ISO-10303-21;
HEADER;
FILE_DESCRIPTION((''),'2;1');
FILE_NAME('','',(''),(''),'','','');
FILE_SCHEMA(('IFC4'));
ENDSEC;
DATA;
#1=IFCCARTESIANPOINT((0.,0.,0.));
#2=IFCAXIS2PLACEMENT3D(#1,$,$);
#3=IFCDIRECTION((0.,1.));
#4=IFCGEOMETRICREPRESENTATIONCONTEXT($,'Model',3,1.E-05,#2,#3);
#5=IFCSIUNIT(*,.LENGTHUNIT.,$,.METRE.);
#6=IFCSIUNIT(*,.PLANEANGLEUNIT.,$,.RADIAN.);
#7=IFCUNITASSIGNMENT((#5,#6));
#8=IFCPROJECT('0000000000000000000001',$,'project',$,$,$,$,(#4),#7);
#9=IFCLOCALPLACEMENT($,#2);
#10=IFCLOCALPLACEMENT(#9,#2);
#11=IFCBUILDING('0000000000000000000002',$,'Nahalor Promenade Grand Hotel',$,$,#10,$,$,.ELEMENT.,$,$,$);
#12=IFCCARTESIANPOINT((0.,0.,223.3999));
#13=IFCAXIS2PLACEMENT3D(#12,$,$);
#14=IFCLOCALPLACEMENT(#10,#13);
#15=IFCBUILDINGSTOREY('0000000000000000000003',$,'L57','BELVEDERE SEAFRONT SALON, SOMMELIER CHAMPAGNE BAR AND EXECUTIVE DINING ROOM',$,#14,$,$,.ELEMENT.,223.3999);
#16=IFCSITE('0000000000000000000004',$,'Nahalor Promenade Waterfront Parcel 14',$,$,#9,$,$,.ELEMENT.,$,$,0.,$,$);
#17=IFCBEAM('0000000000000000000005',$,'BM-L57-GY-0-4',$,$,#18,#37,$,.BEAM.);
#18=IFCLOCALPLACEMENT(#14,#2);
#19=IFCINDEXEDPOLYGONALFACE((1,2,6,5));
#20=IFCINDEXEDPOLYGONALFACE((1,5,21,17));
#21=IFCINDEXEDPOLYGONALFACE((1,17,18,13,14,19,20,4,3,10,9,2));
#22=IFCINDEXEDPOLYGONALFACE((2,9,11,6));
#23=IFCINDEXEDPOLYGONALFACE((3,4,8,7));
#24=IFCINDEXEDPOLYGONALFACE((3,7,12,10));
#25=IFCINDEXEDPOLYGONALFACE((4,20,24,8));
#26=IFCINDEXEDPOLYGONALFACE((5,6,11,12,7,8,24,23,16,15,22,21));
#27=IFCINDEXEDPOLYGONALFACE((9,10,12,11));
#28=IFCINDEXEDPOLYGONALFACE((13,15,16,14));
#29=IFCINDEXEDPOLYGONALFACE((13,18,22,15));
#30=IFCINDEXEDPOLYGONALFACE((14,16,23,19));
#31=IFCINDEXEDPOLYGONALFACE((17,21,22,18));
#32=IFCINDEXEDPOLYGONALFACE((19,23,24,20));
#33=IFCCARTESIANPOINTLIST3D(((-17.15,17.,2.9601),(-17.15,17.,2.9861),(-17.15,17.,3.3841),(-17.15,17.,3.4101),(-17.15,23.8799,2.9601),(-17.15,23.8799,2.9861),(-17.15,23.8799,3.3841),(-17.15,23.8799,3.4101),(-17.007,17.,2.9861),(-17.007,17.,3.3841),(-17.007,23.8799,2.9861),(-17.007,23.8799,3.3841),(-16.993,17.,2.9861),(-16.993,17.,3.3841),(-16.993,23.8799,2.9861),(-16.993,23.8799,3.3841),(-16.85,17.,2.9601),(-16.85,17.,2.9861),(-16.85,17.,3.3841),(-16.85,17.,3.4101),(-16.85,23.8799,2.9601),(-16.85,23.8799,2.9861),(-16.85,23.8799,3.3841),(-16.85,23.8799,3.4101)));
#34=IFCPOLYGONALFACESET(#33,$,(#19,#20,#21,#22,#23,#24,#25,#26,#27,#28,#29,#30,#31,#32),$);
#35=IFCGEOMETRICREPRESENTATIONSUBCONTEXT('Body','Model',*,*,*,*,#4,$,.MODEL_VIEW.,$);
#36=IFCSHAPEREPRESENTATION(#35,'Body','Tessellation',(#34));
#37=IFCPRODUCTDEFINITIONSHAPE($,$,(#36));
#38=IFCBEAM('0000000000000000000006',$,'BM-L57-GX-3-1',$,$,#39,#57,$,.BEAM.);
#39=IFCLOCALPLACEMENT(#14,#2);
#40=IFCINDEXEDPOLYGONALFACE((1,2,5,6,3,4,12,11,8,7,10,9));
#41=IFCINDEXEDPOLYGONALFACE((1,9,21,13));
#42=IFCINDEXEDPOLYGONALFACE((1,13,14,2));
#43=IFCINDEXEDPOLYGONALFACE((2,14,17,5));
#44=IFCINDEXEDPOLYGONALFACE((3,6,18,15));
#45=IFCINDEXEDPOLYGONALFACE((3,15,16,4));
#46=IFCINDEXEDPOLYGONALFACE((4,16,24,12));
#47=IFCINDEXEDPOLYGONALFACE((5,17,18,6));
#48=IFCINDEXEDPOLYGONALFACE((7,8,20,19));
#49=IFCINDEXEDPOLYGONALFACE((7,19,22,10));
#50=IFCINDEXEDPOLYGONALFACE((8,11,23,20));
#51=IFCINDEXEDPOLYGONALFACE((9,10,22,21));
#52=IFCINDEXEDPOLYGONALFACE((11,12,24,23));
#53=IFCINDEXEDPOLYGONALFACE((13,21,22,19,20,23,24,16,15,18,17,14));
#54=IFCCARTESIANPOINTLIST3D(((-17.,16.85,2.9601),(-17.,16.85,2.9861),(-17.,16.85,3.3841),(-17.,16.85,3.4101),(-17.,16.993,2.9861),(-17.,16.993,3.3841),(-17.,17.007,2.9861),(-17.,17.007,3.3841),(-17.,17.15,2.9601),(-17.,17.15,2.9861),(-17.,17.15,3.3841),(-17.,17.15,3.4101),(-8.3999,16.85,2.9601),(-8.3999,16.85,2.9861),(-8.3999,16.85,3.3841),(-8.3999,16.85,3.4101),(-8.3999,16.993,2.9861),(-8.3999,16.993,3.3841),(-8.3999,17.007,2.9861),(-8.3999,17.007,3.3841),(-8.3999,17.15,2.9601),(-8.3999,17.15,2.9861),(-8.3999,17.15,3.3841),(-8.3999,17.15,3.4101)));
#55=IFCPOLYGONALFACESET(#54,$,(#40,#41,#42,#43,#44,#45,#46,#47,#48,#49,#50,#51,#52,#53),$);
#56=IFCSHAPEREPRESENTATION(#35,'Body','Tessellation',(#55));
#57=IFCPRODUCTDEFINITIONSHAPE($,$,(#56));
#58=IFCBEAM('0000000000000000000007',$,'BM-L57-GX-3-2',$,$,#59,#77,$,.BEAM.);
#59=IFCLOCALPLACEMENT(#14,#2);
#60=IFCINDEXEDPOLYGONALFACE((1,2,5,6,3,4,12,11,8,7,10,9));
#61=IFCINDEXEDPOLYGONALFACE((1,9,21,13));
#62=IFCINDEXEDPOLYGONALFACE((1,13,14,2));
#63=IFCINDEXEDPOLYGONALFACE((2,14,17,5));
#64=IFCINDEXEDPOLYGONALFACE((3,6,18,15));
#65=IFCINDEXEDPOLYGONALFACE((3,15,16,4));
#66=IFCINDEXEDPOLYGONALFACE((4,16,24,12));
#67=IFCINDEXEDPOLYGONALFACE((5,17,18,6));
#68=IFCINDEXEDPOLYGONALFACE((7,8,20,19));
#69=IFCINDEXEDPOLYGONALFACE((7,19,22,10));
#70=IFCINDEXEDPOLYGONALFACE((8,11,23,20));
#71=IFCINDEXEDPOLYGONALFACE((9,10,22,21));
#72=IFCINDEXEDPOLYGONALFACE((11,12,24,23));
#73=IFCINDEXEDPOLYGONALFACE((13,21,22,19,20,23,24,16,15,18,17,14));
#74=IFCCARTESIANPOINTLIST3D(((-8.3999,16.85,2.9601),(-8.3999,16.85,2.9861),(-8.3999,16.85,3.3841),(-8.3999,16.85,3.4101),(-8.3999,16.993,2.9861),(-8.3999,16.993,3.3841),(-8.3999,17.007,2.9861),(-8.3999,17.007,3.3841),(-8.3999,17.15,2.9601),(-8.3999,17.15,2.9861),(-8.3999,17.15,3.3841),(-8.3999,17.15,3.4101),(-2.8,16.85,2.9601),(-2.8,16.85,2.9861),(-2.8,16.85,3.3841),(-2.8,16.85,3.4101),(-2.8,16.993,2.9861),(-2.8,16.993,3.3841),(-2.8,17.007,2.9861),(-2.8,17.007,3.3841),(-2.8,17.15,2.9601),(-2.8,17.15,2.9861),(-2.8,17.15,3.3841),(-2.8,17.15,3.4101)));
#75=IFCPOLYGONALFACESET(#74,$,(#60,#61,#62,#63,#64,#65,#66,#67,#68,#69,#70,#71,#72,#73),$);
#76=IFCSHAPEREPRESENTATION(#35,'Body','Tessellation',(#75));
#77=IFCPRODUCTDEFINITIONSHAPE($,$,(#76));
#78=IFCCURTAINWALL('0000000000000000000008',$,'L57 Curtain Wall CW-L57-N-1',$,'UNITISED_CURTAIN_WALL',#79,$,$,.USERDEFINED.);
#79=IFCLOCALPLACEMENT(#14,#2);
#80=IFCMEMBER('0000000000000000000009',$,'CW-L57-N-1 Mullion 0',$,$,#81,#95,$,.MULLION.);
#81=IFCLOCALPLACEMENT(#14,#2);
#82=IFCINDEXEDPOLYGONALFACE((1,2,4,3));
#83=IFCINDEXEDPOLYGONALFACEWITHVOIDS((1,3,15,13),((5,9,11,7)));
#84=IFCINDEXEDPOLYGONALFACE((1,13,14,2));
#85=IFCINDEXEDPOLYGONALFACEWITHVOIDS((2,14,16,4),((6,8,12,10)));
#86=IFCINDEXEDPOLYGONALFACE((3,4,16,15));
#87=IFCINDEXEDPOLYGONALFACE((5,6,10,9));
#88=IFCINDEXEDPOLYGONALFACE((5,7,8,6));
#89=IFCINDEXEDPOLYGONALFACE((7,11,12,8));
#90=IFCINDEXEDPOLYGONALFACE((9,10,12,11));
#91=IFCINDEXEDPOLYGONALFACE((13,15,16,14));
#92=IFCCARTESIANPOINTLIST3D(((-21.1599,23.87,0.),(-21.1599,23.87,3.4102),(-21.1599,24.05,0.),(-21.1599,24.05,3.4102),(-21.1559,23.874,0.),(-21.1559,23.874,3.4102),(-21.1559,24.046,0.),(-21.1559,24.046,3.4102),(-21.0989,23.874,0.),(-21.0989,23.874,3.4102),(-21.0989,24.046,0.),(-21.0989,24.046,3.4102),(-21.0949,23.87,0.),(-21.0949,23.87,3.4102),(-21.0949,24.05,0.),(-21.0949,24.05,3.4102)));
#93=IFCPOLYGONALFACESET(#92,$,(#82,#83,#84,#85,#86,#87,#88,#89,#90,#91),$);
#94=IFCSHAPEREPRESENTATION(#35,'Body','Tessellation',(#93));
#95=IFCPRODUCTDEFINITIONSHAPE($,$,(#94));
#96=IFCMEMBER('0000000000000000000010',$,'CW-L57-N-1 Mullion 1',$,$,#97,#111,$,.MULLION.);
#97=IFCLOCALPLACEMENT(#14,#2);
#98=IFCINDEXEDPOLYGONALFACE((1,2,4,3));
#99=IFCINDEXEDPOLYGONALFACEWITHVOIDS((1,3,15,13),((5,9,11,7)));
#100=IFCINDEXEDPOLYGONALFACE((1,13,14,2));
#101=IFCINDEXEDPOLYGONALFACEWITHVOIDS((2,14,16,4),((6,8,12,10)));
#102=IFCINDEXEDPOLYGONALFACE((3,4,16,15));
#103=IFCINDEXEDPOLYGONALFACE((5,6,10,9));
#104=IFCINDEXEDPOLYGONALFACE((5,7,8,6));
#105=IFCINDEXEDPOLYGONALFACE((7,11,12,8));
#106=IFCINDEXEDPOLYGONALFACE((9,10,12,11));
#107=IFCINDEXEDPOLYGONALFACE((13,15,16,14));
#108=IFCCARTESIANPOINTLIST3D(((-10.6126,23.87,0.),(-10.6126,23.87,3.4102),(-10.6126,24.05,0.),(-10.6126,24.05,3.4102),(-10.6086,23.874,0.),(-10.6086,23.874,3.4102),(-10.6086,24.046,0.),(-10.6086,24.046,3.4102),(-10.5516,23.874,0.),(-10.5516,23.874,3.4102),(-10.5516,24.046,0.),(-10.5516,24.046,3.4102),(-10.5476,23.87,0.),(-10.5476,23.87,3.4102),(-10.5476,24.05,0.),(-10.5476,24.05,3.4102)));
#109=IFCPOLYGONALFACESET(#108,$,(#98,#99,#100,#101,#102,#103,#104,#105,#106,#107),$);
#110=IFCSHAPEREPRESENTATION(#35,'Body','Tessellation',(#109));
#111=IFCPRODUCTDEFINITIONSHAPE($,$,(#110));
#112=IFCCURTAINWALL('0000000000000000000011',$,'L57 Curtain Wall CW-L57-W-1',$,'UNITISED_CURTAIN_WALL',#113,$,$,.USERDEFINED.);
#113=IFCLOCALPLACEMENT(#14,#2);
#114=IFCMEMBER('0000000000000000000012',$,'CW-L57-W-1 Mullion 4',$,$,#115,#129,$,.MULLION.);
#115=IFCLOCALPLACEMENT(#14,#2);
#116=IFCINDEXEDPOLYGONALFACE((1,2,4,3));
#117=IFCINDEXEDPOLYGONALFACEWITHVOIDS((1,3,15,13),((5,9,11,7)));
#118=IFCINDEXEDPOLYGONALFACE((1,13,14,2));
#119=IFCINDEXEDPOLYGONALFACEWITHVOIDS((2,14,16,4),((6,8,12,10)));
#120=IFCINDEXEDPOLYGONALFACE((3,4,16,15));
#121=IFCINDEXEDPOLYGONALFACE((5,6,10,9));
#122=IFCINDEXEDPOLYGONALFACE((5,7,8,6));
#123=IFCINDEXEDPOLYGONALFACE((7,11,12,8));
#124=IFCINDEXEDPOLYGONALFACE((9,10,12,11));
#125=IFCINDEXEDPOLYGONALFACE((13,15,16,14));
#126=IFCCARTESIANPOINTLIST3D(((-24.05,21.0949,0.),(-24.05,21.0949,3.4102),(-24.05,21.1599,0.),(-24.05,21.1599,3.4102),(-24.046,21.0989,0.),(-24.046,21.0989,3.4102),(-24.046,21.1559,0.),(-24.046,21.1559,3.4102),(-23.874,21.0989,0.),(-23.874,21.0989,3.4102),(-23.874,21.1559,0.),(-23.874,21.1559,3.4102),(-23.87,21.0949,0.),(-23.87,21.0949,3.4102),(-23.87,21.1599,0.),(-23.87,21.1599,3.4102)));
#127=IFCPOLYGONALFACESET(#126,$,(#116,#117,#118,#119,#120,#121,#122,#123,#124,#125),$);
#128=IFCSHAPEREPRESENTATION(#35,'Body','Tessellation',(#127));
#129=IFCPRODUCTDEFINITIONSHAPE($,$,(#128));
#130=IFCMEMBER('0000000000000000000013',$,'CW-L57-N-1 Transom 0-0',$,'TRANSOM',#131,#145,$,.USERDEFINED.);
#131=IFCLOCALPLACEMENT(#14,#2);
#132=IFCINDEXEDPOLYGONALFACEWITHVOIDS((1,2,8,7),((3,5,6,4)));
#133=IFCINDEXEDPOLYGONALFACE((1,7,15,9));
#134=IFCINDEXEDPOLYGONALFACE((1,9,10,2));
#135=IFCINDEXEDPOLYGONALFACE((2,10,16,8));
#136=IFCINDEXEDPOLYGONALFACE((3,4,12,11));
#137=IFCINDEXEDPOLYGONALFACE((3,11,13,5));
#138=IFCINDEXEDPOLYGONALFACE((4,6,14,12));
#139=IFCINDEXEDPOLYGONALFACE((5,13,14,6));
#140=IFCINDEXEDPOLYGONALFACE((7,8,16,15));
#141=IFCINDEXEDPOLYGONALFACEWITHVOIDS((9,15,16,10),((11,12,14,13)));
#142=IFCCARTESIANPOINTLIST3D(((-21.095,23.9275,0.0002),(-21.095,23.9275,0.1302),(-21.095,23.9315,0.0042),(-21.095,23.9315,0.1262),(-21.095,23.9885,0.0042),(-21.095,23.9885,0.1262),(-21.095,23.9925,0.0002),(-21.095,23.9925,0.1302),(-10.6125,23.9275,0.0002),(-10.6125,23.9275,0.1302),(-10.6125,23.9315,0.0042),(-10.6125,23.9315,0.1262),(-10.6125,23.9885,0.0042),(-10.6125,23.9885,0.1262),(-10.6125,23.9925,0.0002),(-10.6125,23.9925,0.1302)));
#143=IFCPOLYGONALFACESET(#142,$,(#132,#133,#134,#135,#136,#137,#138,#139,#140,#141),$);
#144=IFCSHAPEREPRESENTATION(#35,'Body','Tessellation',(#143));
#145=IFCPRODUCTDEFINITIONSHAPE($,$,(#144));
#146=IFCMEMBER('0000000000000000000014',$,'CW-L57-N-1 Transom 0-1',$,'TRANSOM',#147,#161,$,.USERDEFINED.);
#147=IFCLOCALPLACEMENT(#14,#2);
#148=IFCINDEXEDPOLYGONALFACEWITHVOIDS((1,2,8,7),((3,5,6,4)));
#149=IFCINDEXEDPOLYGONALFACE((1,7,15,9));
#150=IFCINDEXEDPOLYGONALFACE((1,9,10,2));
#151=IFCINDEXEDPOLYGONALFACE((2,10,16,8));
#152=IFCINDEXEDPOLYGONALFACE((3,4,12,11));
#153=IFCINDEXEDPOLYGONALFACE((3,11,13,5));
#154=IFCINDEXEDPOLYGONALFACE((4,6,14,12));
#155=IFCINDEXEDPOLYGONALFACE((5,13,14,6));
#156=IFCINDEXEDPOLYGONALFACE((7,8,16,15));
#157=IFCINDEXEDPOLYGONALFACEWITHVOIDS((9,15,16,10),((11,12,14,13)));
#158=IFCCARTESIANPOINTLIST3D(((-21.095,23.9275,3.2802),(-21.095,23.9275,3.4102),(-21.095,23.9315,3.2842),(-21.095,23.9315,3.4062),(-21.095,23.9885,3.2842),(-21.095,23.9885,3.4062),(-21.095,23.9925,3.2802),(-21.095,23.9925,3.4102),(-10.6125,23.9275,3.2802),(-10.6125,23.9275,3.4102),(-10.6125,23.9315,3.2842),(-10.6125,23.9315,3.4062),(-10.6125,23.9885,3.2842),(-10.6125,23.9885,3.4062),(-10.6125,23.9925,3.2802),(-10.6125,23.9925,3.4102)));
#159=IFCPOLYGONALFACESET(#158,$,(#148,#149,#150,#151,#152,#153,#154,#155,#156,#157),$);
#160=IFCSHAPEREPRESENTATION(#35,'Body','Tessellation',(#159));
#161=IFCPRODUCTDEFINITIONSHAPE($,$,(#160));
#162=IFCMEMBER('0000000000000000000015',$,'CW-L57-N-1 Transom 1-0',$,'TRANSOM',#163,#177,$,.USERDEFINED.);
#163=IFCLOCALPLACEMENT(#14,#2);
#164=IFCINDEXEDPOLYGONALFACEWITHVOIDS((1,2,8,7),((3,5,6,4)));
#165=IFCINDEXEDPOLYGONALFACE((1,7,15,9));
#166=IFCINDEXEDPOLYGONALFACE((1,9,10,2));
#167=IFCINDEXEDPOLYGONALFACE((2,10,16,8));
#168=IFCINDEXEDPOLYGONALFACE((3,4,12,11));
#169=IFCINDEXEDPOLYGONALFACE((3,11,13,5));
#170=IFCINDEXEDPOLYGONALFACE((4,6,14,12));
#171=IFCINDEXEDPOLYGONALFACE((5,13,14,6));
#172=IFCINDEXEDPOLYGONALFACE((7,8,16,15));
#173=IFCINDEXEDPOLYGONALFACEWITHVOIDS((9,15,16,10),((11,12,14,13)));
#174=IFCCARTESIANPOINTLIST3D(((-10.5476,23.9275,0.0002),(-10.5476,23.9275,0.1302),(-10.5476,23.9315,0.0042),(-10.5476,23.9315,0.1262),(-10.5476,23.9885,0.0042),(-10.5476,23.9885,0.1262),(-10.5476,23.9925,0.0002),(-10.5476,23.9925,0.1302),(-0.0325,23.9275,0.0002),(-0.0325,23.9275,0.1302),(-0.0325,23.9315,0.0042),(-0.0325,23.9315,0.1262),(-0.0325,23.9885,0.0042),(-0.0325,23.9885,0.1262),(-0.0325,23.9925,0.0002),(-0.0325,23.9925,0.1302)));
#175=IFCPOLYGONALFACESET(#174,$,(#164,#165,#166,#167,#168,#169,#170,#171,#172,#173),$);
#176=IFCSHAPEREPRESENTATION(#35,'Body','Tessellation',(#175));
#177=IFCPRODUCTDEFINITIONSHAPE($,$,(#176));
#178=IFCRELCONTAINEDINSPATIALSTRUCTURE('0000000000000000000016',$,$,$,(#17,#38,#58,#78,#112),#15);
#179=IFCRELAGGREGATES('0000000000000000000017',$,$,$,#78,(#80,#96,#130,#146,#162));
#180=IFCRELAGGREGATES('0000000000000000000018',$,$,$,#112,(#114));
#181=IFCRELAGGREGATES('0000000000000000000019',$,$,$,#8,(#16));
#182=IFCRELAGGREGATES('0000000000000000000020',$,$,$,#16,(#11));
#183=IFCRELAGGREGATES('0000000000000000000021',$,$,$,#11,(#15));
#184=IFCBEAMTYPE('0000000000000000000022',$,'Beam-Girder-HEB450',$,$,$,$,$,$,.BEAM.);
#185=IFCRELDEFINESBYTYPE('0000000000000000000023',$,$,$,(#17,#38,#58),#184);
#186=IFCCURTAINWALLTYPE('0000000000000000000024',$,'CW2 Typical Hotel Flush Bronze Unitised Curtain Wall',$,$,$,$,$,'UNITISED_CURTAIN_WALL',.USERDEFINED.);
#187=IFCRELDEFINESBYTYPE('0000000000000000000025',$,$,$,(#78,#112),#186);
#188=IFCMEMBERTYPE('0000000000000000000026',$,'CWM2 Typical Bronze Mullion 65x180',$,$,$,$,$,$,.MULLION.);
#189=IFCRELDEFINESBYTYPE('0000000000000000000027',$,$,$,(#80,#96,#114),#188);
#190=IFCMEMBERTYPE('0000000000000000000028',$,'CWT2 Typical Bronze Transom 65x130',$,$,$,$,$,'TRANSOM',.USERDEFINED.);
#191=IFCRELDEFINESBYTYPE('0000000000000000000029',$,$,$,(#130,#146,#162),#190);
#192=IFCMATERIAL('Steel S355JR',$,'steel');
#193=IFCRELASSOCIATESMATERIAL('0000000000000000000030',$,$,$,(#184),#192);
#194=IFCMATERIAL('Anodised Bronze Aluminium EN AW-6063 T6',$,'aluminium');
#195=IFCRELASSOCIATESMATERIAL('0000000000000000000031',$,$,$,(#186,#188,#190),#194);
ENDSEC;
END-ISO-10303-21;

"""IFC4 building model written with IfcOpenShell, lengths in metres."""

from ifc_helpers import new_model, si_unit, direction, frame, origin, origin_2d, place, context, subcontext, project, spatial, hollow_rectangle, i_section, extrude, source, transform, mapped, material, material_profile, profile_set, type_object, element, aggregate, save


model = new_model("IFC4")

# Units and contexts
model_context = context("Model", 3, precision=1e-05, world=origin(), true_north=direction((0.0, 1.0)))
body_context = subcontext(model_context, "Body", "Model", "MODEL_VIEW")
ifc_project = project(units=[si_unit("LENGTHUNIT", "METRE"), si_unit("PLANEANGLEUNIT", "RADIAN")], contexts=[model_context])

# Site, building, storey
site_placement = place(None, origin())
site = spatial("IfcSite", under=ifc_project, at=site_placement, Name="Nahalor Promenade Waterfront Parcel 14", CompositionType="ELEMENT", RefElevation=0.0)
building_placement = place(site_placement, origin())
building = spatial("IfcBuilding", under=site, at=building_placement, Name="Nahalor Promenade Grand Hotel", CompositionType="ELEMENT")
storey_placement = place(building_placement, frame((0.0, 0.0, 223.3999)))
storey = spatial("IfcBuildingStorey", under=building, at=storey_placement, Name="L57", Description="BELVEDERE SEAFRONT SALON, SOMMELIER CHAMPAGNE BAR AND EXECUTIVE DINING ROOM", CompositionType="ELEMENT", Elevation=223.3999)

# Shared definitions
ifc_material_1 = material(Name="Steel S355JR", Category="steel")

# Beams
ifc_material_profile_1 = material_profile(ifc_material_1, i_section(OverallWidth=0.3, OverallDepth=0.45, WebThickness=0.014, FlangeThickness=0.026, at=origin_2d()), Name="HEB 450")
ifc_profile_set_1 = profile_set([ifc_material_profile_1], Name="Steel S355JR")
beam_type_1 = type_object("IfcBeamType", Name="Beam-Girder-HEB450", PredefinedType="BEAM", material=ifc_profile_set_1)
shared_shape_1 = source(origin(), body_context, "Body", "SweptSolid", [
    extrude(i_section(OverallWidth=0.3, OverallDepth=0.45, WebThickness=0.014, FlangeThickness=0.026, at=origin_2d()), origin(), (0.0, 0.0, 1.0), 6.8799),
])
for number, where, z_axis, x_axis, name in (
    (1, (-17.0, 17.0, 3.1851), (0.0, 1.0, 0.0), (-1.0, 0.0, 0.0), "BM-L57-GY-0-4"),
):
    element("IfcBeam", number, at=place(storey_placement, frame(where, z_axis=z_axis, x_axis=x_axis)), inside=storey, type_object=beam_type_1, Name=name, PredefinedType="BEAM", context=body_context, shape_type="MappedRepresentation", body=[
        mapped(shared_shape_1, transform((0.0, 0.0, 0.0), scale=1.0)),
    ])
shared_shape_2 = source(origin(), body_context, "Body", "SweptSolid", [
    extrude(i_section(OverallWidth=0.3, OverallDepth=0.45, WebThickness=0.014, FlangeThickness=0.026, at=origin_2d()), origin(), (0.0, 0.0, 1.0), 8.6001),
])
beam_1_placement = place(storey_placement, frame((-17.0, 17.0, 3.1851), z_axis=(1.0, 0.0, 0.0), x_axis=(0.0, 1.0, 0.0)))
element("IfcBeam", 2, at=beam_1_placement, inside=storey, type_object=beam_type_1, Name="BM-L57-GX-3-1", PredefinedType="BEAM", context=body_context, shape_type="MappedRepresentation", body=[
    mapped(shared_shape_2, transform((0.0, 0.0, 0.0), scale=1.0)),
])
shared_shape_3 = source(origin(), body_context, "Body", "SweptSolid", [
    extrude(i_section(OverallWidth=0.3, OverallDepth=0.45, WebThickness=0.014, FlangeThickness=0.026, at=origin_2d()), origin(), (0.0, 0.0, 1.0), 5.5999),
])
beam_2_placement = place(storey_placement, frame((-8.3999, 17.0, 3.1851), z_axis=(1.0, 0.0, 0.0), x_axis=(0.0, 1.0, 0.0)))
element("IfcBeam", 3, at=beam_2_placement, inside=storey, type_object=beam_type_1, Name="BM-L57-GX-3-2", PredefinedType="BEAM", context=body_context, shape_type="MappedRepresentation", body=[
    mapped(shared_shape_3, transform((0.0, 0.0, 0.0), scale=1.0)),
])

# Curtain wall, members
ifc_material_2 = material(Name="Anodised Bronze Aluminium EN AW-6063 T6", Category="aluminium")
curtain_wall_type = type_object("IfcCurtainWallType", Name="CW2 Typical Hotel Flush Bronze Unitised Curtain Wall", ElementType="UNITISED_CURTAIN_WALL", PredefinedType="USERDEFINED", material=ifc_material_2)
curtain_wall_1_placement = place(storey_placement, origin())
curtain_wall_1 = element("IfcCurtainWall", 4, at=curtain_wall_1_placement, inside=storey, type_object=curtain_wall_type, Name="L57 Curtain Wall CW-L57-N-1", ObjectType="UNITISED_CURTAIN_WALL", PredefinedType="USERDEFINED")
ifc_material_profile_2 = material_profile(ifc_material_2, hollow_rectangle(XDim=0.065, YDim=0.18, WallThickness=0.004, at=origin_2d()), Name="CWM 65x180x4")
ifc_profile_set_2 = profile_set([ifc_material_profile_2], Name="Anodised Bronze Aluminium EN AW-6063 T6")
member_type_1 = type_object("IfcMemberType", Name="CWM2 Typical Bronze Mullion 65x180", PredefinedType="MULLION", material=ifc_profile_set_2)
shared_shape_4 = source(origin(), body_context, "Body", "SweptSolid", [
    extrude(hollow_rectangle(XDim=0.065, YDim=0.18, WallThickness=0.004, at=origin_2d()), origin(), (0.0, 0.0, 1.0), 3.4102),
])
member_1_placement = place(storey_placement, frame((-21.1274, 23.96, 0.0), z_axis=(0.0, 0.0, 1.0), x_axis=(1.0, 0.0, 0.0)))
member_1 = element("IfcMember", 5, at=member_1_placement, type_object=member_type_1, Name="CW-L57-N-1 Mullion 0", PredefinedType="MULLION", context=body_context, shape_type="MappedRepresentation", body=[
    mapped(shared_shape_4, transform((0.0, 0.0, 0.0), scale=1.0)),
])
member_2_placement = place(storey_placement, frame((-10.5801, 23.96, 0.0), z_axis=(0.0, 0.0, 1.0), x_axis=(1.0, 0.0, 0.0)))
member_2 = element("IfcMember", 6, at=member_2_placement, type_object=member_type_1, Name="CW-L57-N-1 Mullion 1", PredefinedType="MULLION", context=body_context, shape_type="MappedRepresentation", body=[
    mapped(shared_shape_4, transform((0.0, 0.0, 0.0), scale=1.0)),
])

# Curtain wall, member
curtain_wall_2_placement = place(storey_placement, origin())
curtain_wall_2 = element("IfcCurtainWall", 7, at=curtain_wall_2_placement, inside=storey, type_object=curtain_wall_type, Name="L57 Curtain Wall CW-L57-W-1", ObjectType="UNITISED_CURTAIN_WALL", PredefinedType="USERDEFINED")
member_3_placement = place(storey_placement, frame((-23.96, 21.1274, 0.0), z_axis=(0.0, 0.0, 1.0), x_axis=(0.0, 1.0, 0.0)))
member_3 = element("IfcMember", 8, at=member_3_placement, type_object=member_type_1, Name="CW-L57-W-1 Mullion 4", PredefinedType="MULLION", context=body_context, shape_type="MappedRepresentation", body=[
    mapped(shared_shape_4, transform((0.0, 0.0, 0.0), scale=1.0)),
])

# Members
ifc_material_profile_3 = material_profile(ifc_material_2, hollow_rectangle(XDim=0.065, YDim=0.13, WallThickness=0.004, at=origin_2d()), Name="CWT 65x130x4")
ifc_profile_set_3 = profile_set([ifc_material_profile_3], Name="Anodised Bronze Aluminium EN AW-6063 T6")
member_type_2 = type_object("IfcMemberType", Name="CWT2 Typical Bronze Transom 65x130", ElementType="TRANSOM", PredefinedType="USERDEFINED", material=ifc_profile_set_3)
shared_shape_5 = source(origin(), body_context, "Body", "SweptSolid", [
    extrude(hollow_rectangle(XDim=0.065, YDim=0.13, WallThickness=0.004, at=origin_2d()), origin(), (0.0, 0.0, 1.0), 10.4824),
])
member_4_placement = place(storey_placement, frame((-21.095, 23.96, 0.0652), z_axis=(1.0, 0.0, 0.0), x_axis=(0.0, 1.0, 0.0)))
member_4 = element("IfcMember", 9, at=member_4_placement, type_object=member_type_2, Name="CW-L57-N-1 Transom 0-0", ObjectType="TRANSOM", PredefinedType="USERDEFINED", context=body_context, shape_type="MappedRepresentation", body=[
    mapped(shared_shape_5, transform((0.0, 0.0, 0.0), scale=1.0)),
])
member_5_placement = place(storey_placement, frame((-21.095, 23.96, 3.3452), z_axis=(1.0, 0.0, 0.0), x_axis=(0.0, 1.0, 0.0)))
member_5 = element("IfcMember", 10, at=member_5_placement, type_object=member_type_2, Name="CW-L57-N-1 Transom 0-1", ObjectType="TRANSOM", PredefinedType="USERDEFINED", context=body_context, shape_type="MappedRepresentation", body=[
    mapped(shared_shape_5, transform((0.0, 0.0, 0.0), scale=1.0)),
])
shared_shape_6 = source(origin(), body_context, "Body", "SweptSolid", [
    extrude(hollow_rectangle(XDim=0.065, YDim=0.13, WallThickness=0.004, at=origin_2d()), origin(), (0.0, 0.0, 1.0), 10.5151),
])
member_6_placement = place(storey_placement, frame((-10.5476, 23.96, 0.0652), z_axis=(1.0, 0.0, 0.0), x_axis=(0.0, 1.0, 0.0)))
member_6 = element("IfcMember", 11, at=member_6_placement, type_object=member_type_2, Name="CW-L57-N-1 Transom 1-0", ObjectType="TRANSOM", PredefinedType="USERDEFINED", context=body_context, shape_type="MappedRepresentation", body=[
    mapped(shared_shape_6, transform((0.0, 0.0, 0.0), scale=1.0)),
])

aggregate(curtain_wall_1, [member_1, member_2, member_4, member_5, member_6])
aggregate(curtain_wall_2, [member_3])

save(model, "model.ifc")
